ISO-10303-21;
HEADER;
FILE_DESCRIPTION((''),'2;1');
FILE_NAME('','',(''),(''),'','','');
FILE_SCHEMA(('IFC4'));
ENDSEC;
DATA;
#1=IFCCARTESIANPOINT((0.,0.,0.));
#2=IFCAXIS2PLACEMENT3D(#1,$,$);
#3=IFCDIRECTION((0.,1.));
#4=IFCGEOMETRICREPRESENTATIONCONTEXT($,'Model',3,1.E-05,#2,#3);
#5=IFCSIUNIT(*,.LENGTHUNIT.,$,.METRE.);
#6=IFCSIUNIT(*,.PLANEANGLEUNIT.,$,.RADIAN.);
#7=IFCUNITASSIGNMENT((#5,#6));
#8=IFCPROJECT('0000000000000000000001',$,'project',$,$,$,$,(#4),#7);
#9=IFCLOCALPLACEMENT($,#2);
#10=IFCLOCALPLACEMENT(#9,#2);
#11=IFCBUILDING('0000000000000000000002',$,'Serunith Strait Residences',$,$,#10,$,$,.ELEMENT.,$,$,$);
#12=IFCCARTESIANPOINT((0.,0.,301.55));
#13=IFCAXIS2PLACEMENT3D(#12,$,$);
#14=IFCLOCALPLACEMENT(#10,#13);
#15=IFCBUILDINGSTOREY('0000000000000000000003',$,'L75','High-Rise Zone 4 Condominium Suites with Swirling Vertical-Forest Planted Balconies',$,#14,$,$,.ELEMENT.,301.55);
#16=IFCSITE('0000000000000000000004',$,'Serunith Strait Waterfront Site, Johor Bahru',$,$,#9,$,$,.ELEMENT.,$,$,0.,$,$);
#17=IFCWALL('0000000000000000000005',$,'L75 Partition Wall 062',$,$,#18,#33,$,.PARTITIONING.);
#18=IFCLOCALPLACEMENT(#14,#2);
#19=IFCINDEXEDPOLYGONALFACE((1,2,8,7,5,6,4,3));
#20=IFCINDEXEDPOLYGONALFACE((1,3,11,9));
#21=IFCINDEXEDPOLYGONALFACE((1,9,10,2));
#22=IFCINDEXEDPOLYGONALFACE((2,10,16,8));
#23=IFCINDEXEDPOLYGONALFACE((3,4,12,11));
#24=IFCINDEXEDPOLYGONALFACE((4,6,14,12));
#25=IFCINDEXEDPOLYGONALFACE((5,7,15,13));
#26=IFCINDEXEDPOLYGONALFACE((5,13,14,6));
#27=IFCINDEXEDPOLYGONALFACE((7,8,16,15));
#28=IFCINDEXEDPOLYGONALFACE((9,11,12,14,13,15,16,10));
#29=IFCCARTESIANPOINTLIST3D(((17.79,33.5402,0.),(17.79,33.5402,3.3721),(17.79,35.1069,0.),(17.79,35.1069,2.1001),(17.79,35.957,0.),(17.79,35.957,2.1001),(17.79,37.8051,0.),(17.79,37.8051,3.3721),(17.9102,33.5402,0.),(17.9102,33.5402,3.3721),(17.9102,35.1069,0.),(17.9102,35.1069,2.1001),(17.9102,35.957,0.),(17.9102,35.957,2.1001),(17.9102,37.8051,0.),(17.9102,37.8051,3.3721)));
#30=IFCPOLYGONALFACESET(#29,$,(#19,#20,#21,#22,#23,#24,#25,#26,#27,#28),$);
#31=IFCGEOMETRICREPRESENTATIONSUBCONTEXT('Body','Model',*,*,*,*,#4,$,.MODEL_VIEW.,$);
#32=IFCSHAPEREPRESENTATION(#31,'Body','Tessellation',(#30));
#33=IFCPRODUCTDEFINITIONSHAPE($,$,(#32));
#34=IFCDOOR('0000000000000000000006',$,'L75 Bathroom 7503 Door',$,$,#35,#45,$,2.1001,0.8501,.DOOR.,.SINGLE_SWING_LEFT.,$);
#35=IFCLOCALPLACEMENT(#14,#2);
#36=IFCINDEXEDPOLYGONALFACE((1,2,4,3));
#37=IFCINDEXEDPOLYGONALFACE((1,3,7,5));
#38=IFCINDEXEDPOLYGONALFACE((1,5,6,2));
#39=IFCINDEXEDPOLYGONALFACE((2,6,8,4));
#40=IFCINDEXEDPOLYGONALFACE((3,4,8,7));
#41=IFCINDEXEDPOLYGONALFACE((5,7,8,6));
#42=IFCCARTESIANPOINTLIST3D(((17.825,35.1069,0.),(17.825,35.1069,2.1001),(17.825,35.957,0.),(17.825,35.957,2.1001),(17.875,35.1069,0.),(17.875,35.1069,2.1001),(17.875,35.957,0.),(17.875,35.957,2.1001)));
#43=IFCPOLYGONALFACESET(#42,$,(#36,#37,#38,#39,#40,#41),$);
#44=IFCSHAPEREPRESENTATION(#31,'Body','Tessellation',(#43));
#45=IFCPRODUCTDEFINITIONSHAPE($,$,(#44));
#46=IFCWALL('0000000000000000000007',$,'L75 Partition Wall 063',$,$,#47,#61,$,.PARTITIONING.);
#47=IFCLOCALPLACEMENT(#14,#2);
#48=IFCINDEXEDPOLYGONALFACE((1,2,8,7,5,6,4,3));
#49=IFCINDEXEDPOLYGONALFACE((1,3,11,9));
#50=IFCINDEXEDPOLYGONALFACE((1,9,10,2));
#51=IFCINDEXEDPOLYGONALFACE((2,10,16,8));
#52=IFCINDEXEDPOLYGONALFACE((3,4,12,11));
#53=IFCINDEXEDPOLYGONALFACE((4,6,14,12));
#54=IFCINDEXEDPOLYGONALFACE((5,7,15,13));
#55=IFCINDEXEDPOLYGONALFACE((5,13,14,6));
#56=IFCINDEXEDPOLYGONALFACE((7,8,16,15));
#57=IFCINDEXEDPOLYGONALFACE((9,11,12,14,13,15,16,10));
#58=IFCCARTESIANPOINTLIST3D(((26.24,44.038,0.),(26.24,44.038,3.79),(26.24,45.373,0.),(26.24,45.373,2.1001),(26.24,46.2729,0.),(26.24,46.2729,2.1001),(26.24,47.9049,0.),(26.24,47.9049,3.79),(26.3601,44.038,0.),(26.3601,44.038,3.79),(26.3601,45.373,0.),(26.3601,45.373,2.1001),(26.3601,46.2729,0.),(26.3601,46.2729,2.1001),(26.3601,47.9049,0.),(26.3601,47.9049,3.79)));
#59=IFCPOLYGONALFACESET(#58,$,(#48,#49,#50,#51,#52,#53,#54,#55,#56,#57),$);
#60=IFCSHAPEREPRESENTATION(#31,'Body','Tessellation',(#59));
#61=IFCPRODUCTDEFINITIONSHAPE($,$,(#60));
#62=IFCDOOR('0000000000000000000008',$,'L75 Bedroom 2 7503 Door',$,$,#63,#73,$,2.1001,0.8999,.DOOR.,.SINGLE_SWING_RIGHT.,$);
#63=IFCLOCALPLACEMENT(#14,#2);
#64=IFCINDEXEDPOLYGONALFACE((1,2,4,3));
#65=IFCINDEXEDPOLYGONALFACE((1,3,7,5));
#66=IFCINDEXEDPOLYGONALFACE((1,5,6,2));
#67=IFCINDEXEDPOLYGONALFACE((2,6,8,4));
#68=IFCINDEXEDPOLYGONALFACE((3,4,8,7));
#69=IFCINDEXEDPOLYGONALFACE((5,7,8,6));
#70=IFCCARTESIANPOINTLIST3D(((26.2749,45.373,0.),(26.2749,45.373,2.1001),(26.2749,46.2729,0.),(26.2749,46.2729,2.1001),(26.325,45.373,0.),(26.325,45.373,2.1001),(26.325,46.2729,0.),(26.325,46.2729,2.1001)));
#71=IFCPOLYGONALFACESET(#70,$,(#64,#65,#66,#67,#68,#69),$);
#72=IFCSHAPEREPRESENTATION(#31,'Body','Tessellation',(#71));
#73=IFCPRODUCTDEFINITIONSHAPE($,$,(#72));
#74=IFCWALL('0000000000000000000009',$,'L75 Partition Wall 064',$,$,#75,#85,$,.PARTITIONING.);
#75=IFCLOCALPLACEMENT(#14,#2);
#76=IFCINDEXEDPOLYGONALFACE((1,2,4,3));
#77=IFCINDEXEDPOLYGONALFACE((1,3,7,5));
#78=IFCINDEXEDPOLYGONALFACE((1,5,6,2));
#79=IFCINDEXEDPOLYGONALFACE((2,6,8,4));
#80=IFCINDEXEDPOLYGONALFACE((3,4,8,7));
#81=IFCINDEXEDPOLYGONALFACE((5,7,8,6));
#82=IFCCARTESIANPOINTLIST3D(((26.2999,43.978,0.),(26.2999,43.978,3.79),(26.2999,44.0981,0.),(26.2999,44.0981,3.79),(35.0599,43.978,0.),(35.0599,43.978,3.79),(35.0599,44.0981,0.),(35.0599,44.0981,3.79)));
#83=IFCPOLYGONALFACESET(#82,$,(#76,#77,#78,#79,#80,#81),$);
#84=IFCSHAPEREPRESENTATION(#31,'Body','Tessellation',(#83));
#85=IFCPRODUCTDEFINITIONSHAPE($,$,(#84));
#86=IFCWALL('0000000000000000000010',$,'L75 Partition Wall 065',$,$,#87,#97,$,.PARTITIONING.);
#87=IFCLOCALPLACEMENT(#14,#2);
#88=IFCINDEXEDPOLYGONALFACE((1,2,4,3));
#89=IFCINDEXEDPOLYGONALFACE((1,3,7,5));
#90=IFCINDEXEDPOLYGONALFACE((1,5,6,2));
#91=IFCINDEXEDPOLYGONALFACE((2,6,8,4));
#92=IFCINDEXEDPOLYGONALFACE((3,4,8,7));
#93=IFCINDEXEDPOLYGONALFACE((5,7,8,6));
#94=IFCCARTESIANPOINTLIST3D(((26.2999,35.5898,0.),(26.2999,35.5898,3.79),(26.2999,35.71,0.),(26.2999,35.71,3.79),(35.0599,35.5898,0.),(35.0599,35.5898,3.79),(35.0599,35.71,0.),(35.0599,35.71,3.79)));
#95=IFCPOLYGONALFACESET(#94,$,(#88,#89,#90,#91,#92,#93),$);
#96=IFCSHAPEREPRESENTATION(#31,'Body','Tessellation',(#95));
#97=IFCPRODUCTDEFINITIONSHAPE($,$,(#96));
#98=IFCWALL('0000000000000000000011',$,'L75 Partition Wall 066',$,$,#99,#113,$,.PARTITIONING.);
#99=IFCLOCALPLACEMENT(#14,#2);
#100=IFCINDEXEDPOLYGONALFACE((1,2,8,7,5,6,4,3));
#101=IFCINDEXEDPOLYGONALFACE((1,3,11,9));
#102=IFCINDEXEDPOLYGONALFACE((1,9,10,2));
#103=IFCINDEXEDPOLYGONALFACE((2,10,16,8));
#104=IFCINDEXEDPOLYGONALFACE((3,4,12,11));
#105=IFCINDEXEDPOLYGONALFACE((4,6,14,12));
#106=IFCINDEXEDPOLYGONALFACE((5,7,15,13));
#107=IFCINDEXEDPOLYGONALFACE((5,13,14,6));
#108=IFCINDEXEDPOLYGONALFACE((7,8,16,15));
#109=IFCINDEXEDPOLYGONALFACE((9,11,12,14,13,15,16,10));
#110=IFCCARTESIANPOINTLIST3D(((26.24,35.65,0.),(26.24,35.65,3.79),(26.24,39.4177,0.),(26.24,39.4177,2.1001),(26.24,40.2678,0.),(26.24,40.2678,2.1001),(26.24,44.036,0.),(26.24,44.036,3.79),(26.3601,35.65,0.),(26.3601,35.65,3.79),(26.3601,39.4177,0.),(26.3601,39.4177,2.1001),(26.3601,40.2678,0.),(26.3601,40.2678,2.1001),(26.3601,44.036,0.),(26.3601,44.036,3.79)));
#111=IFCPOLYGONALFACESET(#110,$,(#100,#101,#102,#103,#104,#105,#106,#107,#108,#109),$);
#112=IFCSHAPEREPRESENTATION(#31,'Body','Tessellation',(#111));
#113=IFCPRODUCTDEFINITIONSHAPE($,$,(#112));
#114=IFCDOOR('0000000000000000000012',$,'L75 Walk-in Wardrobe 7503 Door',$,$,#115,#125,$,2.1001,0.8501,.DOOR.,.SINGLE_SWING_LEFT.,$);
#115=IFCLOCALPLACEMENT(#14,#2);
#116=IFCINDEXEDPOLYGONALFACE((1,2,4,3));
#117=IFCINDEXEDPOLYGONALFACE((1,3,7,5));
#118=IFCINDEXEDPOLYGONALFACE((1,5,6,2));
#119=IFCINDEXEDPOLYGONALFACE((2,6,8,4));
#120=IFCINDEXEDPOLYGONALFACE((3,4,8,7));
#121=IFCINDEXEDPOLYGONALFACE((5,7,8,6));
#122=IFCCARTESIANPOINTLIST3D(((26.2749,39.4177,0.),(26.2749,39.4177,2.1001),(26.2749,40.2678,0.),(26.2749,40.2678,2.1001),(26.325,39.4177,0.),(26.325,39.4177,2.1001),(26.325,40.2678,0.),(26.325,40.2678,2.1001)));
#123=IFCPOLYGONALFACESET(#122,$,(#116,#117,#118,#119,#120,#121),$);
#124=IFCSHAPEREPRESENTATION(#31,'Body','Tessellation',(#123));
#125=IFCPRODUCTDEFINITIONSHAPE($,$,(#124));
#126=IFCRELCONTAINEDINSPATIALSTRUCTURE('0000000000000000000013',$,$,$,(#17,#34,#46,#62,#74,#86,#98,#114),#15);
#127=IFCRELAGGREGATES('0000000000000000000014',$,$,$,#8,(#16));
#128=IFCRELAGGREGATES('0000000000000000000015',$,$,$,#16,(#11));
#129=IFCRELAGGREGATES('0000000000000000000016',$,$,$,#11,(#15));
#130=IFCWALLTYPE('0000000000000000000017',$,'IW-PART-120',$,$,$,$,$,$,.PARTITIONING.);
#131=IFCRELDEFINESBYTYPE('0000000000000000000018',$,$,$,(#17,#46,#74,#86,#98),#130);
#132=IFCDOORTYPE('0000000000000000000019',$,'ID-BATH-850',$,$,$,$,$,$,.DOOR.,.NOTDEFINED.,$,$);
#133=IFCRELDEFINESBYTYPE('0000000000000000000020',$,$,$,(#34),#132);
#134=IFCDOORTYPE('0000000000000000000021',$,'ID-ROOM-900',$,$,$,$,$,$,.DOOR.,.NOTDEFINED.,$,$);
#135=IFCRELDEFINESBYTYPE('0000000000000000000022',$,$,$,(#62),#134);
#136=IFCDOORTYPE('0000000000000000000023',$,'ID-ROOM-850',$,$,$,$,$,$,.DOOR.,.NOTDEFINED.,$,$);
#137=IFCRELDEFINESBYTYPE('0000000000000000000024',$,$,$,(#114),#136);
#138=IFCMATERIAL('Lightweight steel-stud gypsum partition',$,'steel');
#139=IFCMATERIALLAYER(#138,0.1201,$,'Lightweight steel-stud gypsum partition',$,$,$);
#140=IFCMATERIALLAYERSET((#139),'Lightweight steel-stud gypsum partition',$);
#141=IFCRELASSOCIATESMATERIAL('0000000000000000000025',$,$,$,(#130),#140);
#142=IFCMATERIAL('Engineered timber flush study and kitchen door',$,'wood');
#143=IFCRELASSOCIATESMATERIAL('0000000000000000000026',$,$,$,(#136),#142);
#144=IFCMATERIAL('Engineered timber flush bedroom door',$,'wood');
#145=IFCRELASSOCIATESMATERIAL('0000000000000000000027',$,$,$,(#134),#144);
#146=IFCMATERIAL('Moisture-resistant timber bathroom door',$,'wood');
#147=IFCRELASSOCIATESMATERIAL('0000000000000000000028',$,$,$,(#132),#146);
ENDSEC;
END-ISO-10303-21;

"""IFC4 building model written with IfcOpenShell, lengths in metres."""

from ifc_helpers import new_model, si_unit, direction, frame, frame_2d, origin, place, context, subcontext, project, spatial, rectangle, extrude, source, transform, mapped, material, layer, layer_set, type_object, element, fill, save


model = new_model("IFC4")

# Units and contexts
model_context = context("Model", 3, precision=1e-05, world=origin(), true_north=direction((0.0, 1.0)))
body_context = subcontext(model_context, "Body", "Model", "MODEL_VIEW")
ifc_project = project(units=[si_unit("LENGTHUNIT", "METRE"), si_unit("PLANEANGLEUNIT", "RADIAN")], contexts=[model_context])

# Site, building, storey
site_placement = place(None, origin())
site = spatial("IfcSite", under=ifc_project, at=site_placement, Name="Serunith Strait Waterfront Site, Johor Bahru", CompositionType="ELEMENT", RefElevation=0.0)
building_placement = place(site_placement, origin())
building = spatial("IfcBuilding", under=site, at=building_placement, Name="Serunith Strait Residences", CompositionType="ELEMENT")
storey_placement = place(building_placement, frame((0.0, 0.0, 301.55)))
storey = spatial("IfcBuildingStorey", under=building, at=storey_placement, Name="L75", Description="High-Rise Zone 4 Condominium Suites with Swirling Vertical-Forest Planted Balconies", CompositionType="ELEMENT", Elevation=301.55)

# Shared definitions
ifc_material_1 = material(Name="Lightweight steel-stud gypsum partition", Category="steel")
ifc_layer_1 = layer(ifc_material_1, 0.1201, Name="Lightweight steel-stud gypsum partition")
ifc_layer_set_1 = layer_set([ifc_layer_1], Name="Lightweight steel-stud gypsum partition")
wall_type = type_object("IfcWallType", Name="IW-PART-120", PredefinedType="PARTITIONING", material=ifc_layer_set_1)
ifc_material_2 = material(Name="Engineered timber flush study and kitchen door", Category="wood")
door_type_1 = type_object("IfcDoorType", Name="ID-ROOM-850", OperationType="NOTDEFINED", PredefinedType="DOOR", material=ifc_material_2)
shared_shape_1 = source(origin(), body_context, "Body", "SweptSolid", [
    extrude(rectangle(XDim=0.8501, YDim=2.1001, at=frame_2d((0.425, 1.05))), frame((0.0, 0.0249, 0.0), z_axis=(0.0, -1.0, 0.0), x_axis=(1.0, 0.0, 0.0)), (0.0, 0.0, 1.0), 0.05),
])

# Walls, openings, doors
ifc_material_3 = material(Name="Engineered timber flush bedroom door", Category="wood")
door_type_2 = type_object("IfcDoorType", Name="ID-ROOM-900", OperationType="NOTDEFINED", PredefinedType="DOOR", material=ifc_material_3)
shared_shape_2 = source(origin(), body_context, "Body", "SweptSolid", [
    extrude(rectangle(XDim=0.8999, YDim=2.1001, at=frame_2d((0.45, 1.05))), frame((0.0, 0.0249, 0.0), z_axis=(0.0, -1.0, 0.0), x_axis=(1.0, 0.0, 0.0)), (0.0, 0.0, 1.0), 0.05),
])
wall_1_placement = place(storey_placement, frame((17.8501, 37.8049, 0.0), z_axis=(0.0, 0.0, 1.0), x_axis=(0.0, -1.0, 0.0)))
wall_1 = element("IfcWall", 1, at=wall_1_placement, inside=storey, type_object=wall_type, Name="L75 Partition Wall 062", PredefinedType="PARTITIONING", context=body_context, shape_type="SweptSolid", body=[
    extrude(rectangle(XDim=4.2649, YDim=0.1201, at=frame_2d((2.1323, 0.0))), origin(), (0.0, 0.0, 1.0), 3.3721),
])
opening_1_placement = place(wall_1_placement, frame((1.8479, 0.0, 0.0)))
opening_1 = element("IfcOpeningElement", 2, at=opening_1_placement, cuts=wall_1, PredefinedType="OPENING", context=body_context, shape_type="SweptSolid", body=[
    extrude(rectangle(XDim=0.8501, YDim=2.1001, at=frame_2d((0.425, 1.05))), frame((0.0, 0.0701, 0.0), z_axis=(0.0, -1.0, 0.0), x_axis=(1.0, 0.0, 0.0)), (0.0, 0.0, 1.0), 0.1401),
])
ifc_material_4 = material(Name="Moisture-resistant timber bathroom door", Category="wood")
door_type_3 = type_object("IfcDoorType", Name="ID-BATH-850", OperationType="NOTDEFINED", PredefinedType="DOOR", material=ifc_material_4)
door_1_placement = place(opening_1_placement, origin())
door_1 = element("IfcDoor", 3, at=door_1_placement, inside=storey, type_object=door_type_3, Name="L75 Bathroom 7503 Door", OperationType="SINGLE_SWING_LEFT", OverallHeight=2.1001, OverallWidth=0.8501, PredefinedType="DOOR", context=body_context, shape_type="MappedRepresentation", body=[
    mapped(shared_shape_1, transform((0.0, 0.0, 0.0), scale=1.0)),
])
fill(opening_1, door_1)
wall_2_placement = place(storey_placement, frame((26.3, 47.905, 0.0), z_axis=(0.0, 0.0, 1.0), x_axis=(0.0, -1.0, 0.0)))
wall_2 = element("IfcWall", 4, at=wall_2_placement, inside=storey, type_object=wall_type, Name="L75 Partition Wall 063", PredefinedType="PARTITIONING", context=body_context, shape_type="SweptSolid", body=[
    extrude(rectangle(XDim=3.8669, YDim=0.1201, at=frame_2d((1.9336, 0.0))), origin(), (0.0, 0.0, 1.0), 3.79),
])
opening_2_placement = place(wall_2_placement, frame((1.6321, 0.0, 0.0)))
opening_2 = element("IfcOpeningElement", 5, at=opening_2_placement, cuts=wall_2, PredefinedType="OPENING", context=body_context, shape_type="SweptSolid", body=[
    extrude(rectangle(XDim=0.8999, YDim=2.1001, at=frame_2d((0.45, 1.05))), frame((0.0, 0.0701, 0.0), z_axis=(0.0, -1.0, 0.0), x_axis=(1.0, 0.0, 0.0)), (0.0, 0.0, 1.0), 0.1401),
])
door_2_placement = place(opening_2_placement, origin())
door_2 = element("IfcDoor", 6, at=door_2_placement, inside=storey, type_object=door_type_2, Name="L75 Bedroom 2 7503 Door", OperationType="SINGLE_SWING_RIGHT", OverallHeight=2.1001, OverallWidth=0.8999, PredefinedType="DOOR", context=body_context, shape_type="MappedRepresentation", body=[
    mapped(shared_shape_2, transform((0.0, 0.0, 0.0), scale=1.0)),
])
fill(opening_2, door_2)

# Walls
for number, where, z_axis, x_axis, name in (
    (7, (26.3, 44.0381, 0.0), (0.0, 0.0, 1.0), (1.0, 0.0, 0.0), "L75 Partition Wall 064"),
    (8, (26.3, 35.6499, 0.0), (0.0, 0.0, 1.0), (1.0, 0.0, 0.0), "L75 Partition Wall 065"),
):
    element("IfcWall", number, at=place(storey_placement, frame(where, z_axis=z_axis, x_axis=x_axis)), inside=storey, type_object=wall_type, Name=name, PredefinedType="PARTITIONING", context=body_context, shape_type="SweptSolid", body=[
        extrude(rectangle(XDim=8.76, YDim=0.1201, at=frame_2d((4.3799, 0.0))), origin(), (0.0, 0.0, 1.0), 3.79),
    ])

# Wall, opening, door
wall_3_placement = place(storey_placement, frame((26.3, 44.0359, 0.0), z_axis=(0.0, 0.0, 1.0), x_axis=(0.0, -1.0, 0.0)))
wall_3 = element("IfcWall", 9, at=wall_3_placement, inside=storey, type_object=wall_type, Name="L75 Partition Wall 066", PredefinedType="PARTITIONING", context=body_context, shape_type="SweptSolid", body=[
    extrude(rectangle(XDim=8.386, YDim=0.1201, at=frame_2d((4.1929, 0.0))), origin(), (0.0, 0.0, 1.0), 3.79),
])
opening_3_placement = place(wall_3_placement, frame((3.7681, 0.0, 0.0)))
opening_3 = element("IfcOpeningElement", 10, at=opening_3_placement, cuts=wall_3, PredefinedType="OPENING", context=body_context, shape_type="SweptSolid", body=[
    extrude(rectangle(XDim=0.8501, YDim=2.1001, at=frame_2d((0.425, 1.05))), frame((0.0, 0.0701, 0.0), z_axis=(0.0, -1.0, 0.0), x_axis=(1.0, 0.0, 0.0)), (0.0, 0.0, 1.0), 0.1401),
])
door_3_placement = place(opening_3_placement, origin())
door_3 = element("IfcDoor", 11, at=door_3_placement, inside=storey, type_object=door_type_1, Name="L75 Walk-in Wardrobe 7503 Door", OperationType="SINGLE_SWING_LEFT", OverallHeight=2.1001, OverallWidth=0.8501, PredefinedType="DOOR", context=body_context, shape_type="MappedRepresentation", body=[
    mapped(shared_shape_1, transform((0.0, 0.0, 0.0), scale=1.0)),
])
fill(opening_3, door_3)

save(model, "model.ifc")
